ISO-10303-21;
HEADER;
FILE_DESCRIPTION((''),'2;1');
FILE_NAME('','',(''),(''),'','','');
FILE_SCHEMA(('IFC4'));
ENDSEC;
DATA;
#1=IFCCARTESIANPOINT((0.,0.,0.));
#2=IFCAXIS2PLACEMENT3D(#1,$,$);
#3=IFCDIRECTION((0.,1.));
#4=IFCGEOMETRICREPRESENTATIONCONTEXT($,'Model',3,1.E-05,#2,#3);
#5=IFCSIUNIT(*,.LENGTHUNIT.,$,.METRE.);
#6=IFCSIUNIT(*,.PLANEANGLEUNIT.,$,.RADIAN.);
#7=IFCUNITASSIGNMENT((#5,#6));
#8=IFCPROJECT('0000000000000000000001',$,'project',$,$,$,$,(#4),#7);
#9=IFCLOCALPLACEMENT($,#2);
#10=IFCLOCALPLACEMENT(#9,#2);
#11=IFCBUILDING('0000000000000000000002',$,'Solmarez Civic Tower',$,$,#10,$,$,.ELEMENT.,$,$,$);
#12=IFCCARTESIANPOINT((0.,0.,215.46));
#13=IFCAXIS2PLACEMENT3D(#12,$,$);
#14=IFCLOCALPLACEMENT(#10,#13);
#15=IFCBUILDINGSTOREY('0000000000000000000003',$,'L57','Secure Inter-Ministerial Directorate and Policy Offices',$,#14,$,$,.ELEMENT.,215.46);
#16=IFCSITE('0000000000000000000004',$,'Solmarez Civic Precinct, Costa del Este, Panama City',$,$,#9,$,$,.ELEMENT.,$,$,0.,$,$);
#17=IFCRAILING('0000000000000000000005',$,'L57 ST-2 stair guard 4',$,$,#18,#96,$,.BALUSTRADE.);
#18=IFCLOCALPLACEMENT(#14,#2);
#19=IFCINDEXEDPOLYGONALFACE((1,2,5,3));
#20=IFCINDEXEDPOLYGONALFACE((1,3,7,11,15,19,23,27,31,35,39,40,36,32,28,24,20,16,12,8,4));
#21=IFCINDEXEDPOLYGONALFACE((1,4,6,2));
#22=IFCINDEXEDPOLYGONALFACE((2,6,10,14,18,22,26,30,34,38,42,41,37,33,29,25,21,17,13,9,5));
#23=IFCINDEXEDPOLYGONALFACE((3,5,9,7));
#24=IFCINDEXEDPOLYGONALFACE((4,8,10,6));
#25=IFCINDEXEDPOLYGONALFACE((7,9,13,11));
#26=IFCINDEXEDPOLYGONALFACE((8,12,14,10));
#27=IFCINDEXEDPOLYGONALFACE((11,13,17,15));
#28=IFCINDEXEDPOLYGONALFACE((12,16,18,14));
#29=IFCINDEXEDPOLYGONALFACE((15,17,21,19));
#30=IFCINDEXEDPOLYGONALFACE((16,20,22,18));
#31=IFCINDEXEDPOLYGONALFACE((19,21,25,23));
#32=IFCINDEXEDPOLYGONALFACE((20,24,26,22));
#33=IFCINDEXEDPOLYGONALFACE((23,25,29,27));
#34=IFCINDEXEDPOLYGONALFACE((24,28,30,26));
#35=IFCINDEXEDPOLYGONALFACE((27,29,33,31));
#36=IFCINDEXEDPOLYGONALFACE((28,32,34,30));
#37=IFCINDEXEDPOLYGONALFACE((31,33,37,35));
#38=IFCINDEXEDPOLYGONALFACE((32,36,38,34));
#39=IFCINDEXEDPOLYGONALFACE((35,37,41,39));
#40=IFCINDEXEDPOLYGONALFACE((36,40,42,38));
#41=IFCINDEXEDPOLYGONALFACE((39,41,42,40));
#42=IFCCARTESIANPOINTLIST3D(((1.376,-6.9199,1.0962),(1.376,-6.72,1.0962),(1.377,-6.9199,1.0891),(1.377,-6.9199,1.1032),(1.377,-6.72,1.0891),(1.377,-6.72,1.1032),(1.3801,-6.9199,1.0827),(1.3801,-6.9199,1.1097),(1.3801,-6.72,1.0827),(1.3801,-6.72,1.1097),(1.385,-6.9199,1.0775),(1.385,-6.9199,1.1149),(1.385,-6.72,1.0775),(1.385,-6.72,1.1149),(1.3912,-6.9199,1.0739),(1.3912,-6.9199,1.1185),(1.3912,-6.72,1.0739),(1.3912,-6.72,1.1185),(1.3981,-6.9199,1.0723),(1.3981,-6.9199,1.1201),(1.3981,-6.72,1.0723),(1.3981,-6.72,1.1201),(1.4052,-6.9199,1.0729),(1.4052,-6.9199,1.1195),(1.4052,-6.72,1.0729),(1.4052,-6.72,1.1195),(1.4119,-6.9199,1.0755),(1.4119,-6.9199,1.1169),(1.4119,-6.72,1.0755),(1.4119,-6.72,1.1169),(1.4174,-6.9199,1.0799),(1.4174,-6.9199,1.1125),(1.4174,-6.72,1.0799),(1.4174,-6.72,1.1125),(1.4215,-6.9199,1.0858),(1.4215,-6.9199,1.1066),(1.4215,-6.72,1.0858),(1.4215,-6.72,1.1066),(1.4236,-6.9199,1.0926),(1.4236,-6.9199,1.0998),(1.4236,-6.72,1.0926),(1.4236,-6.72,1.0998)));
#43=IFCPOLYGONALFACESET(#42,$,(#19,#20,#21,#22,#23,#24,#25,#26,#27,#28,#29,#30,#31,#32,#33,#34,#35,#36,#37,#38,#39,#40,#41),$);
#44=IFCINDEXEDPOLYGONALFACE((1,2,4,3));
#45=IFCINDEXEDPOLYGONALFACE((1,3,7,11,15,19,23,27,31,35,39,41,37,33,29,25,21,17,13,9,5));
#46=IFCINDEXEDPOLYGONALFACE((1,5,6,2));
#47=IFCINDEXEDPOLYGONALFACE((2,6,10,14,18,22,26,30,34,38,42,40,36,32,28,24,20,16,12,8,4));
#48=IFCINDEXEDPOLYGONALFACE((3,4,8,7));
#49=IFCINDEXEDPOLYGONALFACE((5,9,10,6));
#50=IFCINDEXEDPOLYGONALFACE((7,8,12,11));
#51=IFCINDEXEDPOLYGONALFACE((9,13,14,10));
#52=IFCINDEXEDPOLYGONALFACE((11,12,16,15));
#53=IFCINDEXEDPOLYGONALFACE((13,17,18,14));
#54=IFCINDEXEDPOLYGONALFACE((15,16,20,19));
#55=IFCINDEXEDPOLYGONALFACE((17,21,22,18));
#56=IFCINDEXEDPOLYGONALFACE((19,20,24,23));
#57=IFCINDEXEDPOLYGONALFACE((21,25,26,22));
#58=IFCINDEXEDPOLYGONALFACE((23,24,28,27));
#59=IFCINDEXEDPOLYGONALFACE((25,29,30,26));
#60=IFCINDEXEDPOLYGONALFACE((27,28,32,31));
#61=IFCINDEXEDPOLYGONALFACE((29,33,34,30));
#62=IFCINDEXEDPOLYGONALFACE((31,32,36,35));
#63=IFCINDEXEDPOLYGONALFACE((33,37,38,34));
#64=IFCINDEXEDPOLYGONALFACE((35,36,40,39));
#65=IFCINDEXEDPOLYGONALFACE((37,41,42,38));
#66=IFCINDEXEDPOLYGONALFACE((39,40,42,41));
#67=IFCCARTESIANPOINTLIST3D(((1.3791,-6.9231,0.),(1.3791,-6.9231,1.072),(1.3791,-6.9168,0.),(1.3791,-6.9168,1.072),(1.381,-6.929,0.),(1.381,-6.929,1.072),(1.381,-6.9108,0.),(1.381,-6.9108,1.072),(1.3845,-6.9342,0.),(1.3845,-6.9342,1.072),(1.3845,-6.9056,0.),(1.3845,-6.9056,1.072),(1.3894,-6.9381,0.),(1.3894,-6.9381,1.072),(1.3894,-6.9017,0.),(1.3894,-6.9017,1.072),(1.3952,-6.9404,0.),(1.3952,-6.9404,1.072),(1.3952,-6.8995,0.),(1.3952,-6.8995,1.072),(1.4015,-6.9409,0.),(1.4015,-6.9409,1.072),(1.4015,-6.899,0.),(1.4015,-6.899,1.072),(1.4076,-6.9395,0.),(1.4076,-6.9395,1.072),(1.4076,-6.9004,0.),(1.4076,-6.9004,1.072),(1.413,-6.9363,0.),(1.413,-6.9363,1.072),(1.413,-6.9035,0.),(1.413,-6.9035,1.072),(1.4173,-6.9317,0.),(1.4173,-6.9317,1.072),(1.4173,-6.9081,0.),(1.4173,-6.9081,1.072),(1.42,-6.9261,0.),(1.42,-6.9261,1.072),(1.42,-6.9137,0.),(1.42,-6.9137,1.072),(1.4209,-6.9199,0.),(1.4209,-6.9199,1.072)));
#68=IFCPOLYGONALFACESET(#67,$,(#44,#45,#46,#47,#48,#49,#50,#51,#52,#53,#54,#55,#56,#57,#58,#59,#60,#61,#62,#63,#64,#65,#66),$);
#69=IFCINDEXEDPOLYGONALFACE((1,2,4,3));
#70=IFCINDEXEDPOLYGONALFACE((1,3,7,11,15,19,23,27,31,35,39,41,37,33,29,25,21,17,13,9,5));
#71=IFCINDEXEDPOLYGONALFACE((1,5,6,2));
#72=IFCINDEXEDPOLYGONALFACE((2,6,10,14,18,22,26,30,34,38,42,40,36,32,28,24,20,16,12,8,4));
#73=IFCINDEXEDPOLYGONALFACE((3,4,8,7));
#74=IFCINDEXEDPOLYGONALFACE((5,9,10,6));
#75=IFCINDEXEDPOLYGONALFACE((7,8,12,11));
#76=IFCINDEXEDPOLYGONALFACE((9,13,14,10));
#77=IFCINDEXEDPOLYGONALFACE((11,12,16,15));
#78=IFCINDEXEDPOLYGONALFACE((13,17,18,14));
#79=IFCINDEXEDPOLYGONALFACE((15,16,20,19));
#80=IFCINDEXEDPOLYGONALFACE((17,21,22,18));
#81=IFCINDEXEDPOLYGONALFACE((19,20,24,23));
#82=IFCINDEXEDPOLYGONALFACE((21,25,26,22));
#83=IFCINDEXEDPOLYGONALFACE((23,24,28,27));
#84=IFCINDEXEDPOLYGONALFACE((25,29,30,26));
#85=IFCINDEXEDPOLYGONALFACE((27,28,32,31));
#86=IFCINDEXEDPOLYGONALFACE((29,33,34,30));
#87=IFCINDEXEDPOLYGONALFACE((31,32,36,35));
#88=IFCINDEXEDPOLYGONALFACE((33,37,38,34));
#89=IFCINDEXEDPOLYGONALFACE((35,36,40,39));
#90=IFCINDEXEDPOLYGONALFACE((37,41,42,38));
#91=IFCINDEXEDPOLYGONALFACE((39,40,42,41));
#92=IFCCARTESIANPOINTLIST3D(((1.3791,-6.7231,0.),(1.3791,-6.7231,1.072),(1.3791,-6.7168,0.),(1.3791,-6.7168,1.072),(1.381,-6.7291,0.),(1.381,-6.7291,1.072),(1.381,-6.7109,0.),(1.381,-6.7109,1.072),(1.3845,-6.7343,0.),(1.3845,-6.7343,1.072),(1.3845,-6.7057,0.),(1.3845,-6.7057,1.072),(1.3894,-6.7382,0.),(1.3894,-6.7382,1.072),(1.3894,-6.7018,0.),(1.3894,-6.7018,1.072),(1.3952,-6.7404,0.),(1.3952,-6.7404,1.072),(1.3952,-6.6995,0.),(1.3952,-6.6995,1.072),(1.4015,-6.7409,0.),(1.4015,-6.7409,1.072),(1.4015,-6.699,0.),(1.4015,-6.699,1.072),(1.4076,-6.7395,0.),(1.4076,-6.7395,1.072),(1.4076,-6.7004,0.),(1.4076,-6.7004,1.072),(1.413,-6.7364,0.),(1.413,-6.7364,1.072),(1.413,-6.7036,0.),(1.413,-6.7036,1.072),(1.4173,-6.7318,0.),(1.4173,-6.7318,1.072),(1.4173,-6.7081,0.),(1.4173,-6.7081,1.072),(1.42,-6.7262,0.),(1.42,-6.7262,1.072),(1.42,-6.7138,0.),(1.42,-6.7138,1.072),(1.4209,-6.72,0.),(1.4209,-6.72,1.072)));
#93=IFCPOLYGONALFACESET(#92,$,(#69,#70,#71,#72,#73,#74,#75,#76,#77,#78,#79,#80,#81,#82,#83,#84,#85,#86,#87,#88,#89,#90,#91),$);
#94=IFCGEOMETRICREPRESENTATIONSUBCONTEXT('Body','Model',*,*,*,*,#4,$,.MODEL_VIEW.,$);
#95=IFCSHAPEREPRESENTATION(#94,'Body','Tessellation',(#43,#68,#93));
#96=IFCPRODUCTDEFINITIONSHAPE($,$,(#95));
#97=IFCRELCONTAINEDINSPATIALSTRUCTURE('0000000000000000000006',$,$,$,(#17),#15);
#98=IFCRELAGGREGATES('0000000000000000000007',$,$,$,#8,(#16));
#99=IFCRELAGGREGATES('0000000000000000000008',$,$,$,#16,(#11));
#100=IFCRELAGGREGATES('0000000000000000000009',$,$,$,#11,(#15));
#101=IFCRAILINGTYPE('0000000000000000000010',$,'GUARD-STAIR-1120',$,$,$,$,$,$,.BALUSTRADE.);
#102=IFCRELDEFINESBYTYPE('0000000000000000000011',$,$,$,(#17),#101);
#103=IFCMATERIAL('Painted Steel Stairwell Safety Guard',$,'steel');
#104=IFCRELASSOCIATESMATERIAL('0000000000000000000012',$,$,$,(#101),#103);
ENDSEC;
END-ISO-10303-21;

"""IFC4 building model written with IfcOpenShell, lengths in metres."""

from ifc_helpers import new_model, si_unit, direction, frame, origin, origin_2d, place, context, subcontext, project, spatial, circle, extrude, material, type_object, element, save


model = new_model("IFC4")

# Units and contexts
model_context = context("Model", 3, precision=1e-05, world=origin(), true_north=direction((0.0, 1.0)))
body_context = subcontext(model_context, "Body", "Model", "MODEL_VIEW")
ifc_project = project(units=[si_unit("LENGTHUNIT", "METRE"), si_unit("PLANEANGLEUNIT", "RADIAN")], contexts=[model_context])

# Site, building, storey
site_placement = place(None, origin())
site = spatial("IfcSite", under=ifc_project, at=site_placement, Name="Solmarez Civic Precinct, Costa del Este, Panama City", CompositionType="ELEMENT", RefElevation=0.0)
building_placement = place(site_placement, origin())
building = spatial("IfcBuilding", under=site, at=building_placement, Name="Solmarez Civic Tower", CompositionType="ELEMENT")
storey_placement = place(building_placement, frame((0.0, 0.0, 215.46)))
storey = spatial("IfcBuildingStorey", under=building, at=storey_placement, Name="L57", Description="Secure Inter-Ministerial Directorate and Policy Offices", CompositionType="ELEMENT", Elevation=215.46)

# Railing
ifc_material_1 = material(Name="Painted Steel Stairwell Safety Guard", Category="steel")
railing_type_1 = type_object("IfcRailingType", Name="GUARD-STAIR-1120", PredefinedType="BALUSTRADE", material=ifc_material_1)
railing_1_placement = place(storey_placement, frame((1.3999, -6.9199, 0.0)))
element("IfcRailing", 1, at=railing_1_placement, inside=storey, type_object=railing_type_1, Name="L57 ST-2 stair guard 4", PredefinedType="BALUSTRADE", context=body_context, shape_type="SweptSolid", body=[
    extrude(circle(Radius=0.0239, at=origin_2d()), frame((0.0, 0.0, 1.0962), z_axis=(0.0, 1.0, 0.0), x_axis=(-1.0, 0.0, 0.0)), (0.0, 0.0, 1.0), 0.2),
    extrude(circle(Radius=0.021, at=origin_2d()), origin(), (0.0, 0.0, 1.0), 1.072),
    extrude(circle(Radius=0.021, at=origin_2d()), frame((0.0, 0.2, 0.0)), (0.0, 0.0, 1.0), 1.072),
])

save(model, "model.ifc")
